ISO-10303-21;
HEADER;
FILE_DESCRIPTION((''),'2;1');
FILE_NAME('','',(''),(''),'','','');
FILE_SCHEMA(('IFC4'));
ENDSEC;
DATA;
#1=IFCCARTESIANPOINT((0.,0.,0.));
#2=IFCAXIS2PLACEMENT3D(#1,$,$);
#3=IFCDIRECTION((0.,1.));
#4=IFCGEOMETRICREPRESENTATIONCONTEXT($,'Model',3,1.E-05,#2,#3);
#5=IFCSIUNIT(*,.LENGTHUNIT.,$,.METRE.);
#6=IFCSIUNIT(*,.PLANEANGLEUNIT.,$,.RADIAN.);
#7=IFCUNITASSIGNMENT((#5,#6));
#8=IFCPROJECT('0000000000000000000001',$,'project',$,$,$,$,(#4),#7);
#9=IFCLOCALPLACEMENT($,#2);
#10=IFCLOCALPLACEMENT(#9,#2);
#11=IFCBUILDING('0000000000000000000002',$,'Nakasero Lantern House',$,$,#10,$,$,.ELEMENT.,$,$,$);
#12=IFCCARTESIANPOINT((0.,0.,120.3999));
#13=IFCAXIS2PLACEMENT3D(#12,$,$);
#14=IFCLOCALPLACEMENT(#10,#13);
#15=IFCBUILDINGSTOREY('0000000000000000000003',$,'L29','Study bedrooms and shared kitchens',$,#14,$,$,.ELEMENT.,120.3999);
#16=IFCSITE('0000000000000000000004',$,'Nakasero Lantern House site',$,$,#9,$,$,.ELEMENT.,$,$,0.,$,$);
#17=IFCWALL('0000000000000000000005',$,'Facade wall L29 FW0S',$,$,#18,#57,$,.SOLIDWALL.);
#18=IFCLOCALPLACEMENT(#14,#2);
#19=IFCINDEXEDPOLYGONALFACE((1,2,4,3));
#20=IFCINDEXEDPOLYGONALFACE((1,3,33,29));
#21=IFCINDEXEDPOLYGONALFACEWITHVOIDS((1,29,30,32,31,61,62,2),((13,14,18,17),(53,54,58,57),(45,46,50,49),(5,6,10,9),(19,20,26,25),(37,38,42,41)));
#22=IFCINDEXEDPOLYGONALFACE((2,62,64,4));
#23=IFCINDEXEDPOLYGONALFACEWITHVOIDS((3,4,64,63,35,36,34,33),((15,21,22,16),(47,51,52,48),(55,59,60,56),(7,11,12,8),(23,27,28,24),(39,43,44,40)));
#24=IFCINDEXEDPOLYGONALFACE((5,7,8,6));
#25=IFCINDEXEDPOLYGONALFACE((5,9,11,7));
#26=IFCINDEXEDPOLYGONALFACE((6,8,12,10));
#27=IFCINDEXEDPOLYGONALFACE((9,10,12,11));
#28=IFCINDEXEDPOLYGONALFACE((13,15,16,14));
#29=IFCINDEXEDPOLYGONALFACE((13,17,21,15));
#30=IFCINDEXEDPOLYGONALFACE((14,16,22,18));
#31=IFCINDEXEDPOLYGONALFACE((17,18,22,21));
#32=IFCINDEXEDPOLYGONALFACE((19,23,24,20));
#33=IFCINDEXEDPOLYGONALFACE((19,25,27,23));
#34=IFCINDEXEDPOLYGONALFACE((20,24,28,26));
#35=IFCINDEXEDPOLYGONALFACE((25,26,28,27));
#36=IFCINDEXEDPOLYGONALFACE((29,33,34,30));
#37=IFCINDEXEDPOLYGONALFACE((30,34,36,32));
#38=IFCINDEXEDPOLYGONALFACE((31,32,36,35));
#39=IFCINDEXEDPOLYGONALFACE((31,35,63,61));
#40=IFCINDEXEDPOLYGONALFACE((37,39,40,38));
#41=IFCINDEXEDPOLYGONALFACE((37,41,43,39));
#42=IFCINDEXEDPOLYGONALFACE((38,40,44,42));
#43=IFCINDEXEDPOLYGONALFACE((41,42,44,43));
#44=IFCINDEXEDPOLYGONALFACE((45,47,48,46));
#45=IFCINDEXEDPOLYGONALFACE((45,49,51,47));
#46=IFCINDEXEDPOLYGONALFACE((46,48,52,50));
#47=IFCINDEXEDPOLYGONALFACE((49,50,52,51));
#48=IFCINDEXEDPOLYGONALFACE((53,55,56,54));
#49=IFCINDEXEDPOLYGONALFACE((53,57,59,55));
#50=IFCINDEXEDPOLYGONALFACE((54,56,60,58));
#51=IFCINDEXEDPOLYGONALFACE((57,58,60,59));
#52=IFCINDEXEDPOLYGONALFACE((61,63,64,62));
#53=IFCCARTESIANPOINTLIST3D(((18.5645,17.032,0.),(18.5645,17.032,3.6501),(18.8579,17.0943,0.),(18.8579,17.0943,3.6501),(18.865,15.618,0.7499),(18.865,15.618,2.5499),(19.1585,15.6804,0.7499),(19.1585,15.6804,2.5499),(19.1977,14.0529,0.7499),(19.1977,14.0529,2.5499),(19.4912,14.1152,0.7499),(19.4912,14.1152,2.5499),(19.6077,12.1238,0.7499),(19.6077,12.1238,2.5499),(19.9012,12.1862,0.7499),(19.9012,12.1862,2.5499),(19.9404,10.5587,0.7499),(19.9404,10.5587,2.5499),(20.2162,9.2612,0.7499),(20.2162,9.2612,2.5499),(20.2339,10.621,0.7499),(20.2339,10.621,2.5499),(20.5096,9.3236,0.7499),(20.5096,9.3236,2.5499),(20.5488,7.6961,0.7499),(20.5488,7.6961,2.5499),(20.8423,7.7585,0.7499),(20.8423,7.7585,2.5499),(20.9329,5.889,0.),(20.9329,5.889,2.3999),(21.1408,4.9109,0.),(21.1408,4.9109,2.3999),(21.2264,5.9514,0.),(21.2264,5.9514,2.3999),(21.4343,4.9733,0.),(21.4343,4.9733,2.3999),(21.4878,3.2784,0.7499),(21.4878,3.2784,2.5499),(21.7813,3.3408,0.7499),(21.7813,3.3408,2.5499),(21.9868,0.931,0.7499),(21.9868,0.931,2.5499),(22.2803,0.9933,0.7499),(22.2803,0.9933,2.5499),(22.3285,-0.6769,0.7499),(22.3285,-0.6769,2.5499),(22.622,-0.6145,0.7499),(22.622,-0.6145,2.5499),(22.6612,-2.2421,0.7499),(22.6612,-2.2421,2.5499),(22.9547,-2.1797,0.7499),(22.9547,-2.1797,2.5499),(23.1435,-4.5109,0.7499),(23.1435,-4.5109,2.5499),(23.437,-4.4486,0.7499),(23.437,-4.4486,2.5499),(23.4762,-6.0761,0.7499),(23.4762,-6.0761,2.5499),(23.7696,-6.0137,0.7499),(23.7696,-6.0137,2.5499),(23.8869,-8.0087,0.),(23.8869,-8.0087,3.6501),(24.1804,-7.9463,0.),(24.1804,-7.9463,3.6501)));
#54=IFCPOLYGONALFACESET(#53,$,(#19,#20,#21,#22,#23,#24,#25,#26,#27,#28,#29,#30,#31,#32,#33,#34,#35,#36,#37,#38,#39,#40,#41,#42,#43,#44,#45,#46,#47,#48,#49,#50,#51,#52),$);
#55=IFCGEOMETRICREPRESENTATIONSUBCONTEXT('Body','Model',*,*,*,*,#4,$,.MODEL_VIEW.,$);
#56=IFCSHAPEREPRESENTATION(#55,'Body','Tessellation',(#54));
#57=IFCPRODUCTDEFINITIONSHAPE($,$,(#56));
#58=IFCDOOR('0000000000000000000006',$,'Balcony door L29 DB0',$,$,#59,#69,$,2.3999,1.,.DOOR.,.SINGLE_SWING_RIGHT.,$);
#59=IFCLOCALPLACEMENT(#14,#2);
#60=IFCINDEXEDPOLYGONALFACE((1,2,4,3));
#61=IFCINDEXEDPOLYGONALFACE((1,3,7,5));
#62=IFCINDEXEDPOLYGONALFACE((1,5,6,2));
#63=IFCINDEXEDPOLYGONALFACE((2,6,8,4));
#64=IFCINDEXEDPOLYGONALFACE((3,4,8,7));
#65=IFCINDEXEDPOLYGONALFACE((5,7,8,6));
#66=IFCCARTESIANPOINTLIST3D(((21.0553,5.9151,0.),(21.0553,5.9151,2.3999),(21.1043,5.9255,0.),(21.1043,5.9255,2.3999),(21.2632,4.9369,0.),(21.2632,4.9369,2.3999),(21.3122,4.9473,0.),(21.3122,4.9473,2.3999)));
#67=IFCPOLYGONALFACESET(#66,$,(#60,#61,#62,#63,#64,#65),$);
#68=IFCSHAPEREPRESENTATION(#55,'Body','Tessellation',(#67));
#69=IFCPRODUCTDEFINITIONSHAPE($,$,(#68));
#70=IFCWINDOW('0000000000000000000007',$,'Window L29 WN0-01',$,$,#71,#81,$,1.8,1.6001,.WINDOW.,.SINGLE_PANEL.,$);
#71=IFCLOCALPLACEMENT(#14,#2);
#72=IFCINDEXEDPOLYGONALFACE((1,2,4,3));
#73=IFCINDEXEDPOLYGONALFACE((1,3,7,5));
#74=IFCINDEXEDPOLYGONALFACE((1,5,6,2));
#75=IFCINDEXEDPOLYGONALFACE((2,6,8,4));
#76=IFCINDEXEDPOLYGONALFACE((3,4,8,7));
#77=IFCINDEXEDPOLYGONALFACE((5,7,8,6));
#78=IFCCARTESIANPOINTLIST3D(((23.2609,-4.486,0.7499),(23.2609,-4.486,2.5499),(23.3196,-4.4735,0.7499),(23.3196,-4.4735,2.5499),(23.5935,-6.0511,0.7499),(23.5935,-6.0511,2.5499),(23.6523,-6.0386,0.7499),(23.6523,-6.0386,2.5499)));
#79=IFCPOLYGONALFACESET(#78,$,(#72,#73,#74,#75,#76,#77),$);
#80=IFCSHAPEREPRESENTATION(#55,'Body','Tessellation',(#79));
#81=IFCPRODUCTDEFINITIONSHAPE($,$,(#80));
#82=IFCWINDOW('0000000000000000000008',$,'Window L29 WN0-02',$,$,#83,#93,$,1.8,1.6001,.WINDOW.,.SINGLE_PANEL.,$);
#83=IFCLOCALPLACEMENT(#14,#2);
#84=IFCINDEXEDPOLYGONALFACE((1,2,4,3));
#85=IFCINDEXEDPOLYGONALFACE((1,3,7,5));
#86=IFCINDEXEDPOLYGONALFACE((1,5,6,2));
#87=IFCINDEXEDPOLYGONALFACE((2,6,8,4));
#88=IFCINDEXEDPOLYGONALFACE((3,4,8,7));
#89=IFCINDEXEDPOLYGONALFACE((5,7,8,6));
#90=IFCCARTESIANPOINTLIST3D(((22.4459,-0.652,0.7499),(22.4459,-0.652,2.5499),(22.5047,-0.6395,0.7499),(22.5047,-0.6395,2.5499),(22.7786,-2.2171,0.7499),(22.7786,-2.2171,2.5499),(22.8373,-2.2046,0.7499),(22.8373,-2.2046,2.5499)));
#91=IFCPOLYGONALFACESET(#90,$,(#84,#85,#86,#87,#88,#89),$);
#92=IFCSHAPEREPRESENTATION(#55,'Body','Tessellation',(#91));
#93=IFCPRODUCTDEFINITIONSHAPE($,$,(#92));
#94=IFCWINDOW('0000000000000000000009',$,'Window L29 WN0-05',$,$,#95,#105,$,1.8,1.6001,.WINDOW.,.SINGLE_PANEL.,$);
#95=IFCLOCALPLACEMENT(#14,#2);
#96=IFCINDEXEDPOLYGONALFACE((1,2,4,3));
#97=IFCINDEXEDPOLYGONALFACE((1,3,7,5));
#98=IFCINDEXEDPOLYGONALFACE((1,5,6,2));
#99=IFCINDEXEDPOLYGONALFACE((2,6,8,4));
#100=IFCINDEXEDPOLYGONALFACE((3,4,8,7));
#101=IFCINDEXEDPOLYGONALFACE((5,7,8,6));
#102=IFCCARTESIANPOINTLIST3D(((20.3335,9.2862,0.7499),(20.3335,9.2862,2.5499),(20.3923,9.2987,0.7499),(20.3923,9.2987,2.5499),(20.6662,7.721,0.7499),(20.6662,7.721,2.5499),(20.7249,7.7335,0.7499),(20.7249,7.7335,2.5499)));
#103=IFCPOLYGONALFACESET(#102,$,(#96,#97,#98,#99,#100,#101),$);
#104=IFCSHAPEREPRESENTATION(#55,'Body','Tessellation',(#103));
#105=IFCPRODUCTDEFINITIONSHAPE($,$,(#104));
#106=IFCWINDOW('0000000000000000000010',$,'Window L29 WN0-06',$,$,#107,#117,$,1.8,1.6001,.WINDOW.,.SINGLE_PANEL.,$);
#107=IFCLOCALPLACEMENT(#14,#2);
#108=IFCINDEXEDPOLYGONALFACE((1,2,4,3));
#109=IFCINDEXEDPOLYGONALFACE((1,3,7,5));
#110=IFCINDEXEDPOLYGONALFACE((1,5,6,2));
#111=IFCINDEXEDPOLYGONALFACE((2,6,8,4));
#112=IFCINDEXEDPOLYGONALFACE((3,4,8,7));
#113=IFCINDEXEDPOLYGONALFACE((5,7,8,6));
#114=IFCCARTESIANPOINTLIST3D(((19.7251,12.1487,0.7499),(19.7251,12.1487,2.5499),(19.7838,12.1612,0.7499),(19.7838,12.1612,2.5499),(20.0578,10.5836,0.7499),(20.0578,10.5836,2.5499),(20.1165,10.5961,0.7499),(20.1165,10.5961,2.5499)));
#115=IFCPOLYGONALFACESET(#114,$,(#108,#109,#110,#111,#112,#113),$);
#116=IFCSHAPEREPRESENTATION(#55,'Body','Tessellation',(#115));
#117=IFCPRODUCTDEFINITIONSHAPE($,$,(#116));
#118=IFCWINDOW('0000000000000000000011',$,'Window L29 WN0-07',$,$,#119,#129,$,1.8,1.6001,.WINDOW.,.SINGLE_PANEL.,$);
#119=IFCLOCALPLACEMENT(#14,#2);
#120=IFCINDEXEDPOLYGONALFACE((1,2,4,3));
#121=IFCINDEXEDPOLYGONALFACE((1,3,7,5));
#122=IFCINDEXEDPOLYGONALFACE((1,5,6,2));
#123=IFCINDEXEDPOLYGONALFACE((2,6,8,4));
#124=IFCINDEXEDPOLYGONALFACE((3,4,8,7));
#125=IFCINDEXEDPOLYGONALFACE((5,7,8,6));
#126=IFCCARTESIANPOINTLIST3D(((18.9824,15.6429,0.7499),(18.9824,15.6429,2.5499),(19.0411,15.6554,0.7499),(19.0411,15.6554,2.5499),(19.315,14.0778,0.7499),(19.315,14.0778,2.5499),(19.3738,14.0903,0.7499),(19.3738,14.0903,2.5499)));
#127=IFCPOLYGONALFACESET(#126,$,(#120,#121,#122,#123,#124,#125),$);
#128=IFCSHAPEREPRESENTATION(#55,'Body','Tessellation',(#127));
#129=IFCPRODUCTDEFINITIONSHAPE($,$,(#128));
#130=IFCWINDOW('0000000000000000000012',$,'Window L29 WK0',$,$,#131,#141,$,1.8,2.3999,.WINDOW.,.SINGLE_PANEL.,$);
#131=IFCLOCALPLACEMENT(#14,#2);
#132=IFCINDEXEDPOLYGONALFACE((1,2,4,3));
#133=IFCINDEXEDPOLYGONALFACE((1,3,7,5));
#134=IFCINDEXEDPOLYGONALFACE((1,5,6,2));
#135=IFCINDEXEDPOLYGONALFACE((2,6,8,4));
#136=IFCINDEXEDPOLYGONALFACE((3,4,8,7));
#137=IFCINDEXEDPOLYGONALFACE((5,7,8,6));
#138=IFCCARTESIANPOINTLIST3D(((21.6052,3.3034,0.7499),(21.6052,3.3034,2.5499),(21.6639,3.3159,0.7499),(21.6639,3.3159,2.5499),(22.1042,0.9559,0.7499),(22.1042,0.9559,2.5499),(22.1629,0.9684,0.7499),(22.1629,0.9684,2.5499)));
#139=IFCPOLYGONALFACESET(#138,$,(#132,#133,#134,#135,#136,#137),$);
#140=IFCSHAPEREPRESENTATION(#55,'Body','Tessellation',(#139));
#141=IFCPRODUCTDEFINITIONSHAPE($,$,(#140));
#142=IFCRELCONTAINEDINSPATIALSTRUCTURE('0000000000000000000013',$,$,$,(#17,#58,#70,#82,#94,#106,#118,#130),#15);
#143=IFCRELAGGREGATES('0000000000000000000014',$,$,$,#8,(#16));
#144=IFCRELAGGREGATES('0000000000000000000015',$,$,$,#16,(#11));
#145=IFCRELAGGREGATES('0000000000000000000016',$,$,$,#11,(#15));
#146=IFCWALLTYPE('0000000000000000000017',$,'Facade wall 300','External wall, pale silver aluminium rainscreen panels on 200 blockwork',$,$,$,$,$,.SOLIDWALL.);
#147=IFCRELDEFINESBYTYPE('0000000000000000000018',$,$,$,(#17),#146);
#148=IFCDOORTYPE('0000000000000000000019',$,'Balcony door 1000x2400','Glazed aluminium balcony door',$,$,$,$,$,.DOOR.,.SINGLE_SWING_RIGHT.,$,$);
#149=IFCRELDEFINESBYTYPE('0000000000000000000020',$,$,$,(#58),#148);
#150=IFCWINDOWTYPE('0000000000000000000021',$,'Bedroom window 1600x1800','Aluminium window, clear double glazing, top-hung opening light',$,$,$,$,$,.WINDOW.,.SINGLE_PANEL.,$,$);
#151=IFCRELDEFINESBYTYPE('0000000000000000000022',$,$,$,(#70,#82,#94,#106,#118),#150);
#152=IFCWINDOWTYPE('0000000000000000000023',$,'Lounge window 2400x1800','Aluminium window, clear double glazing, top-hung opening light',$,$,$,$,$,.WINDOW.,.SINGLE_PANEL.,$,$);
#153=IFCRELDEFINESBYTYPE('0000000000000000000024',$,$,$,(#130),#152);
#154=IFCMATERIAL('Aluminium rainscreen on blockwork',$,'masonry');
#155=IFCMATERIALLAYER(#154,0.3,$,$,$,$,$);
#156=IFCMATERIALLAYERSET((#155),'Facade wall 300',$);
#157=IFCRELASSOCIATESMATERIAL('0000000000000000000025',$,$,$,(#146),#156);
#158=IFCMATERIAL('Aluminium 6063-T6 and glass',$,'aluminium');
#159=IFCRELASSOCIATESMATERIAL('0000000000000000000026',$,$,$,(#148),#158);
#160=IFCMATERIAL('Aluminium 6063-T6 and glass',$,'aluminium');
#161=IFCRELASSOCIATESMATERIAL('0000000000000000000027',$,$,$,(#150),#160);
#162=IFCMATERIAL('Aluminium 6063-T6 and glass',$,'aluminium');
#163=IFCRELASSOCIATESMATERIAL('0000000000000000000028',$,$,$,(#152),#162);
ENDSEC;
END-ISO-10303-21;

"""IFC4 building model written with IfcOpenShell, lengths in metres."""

from ifc_helpers import new_model, si_unit, direction, frame, frame_2d, origin, place, context, subcontext, project, spatial, rectangle, extrude, material, layer, layer_set, type_object, element, fill, save


model = new_model("IFC4")

# Units and contexts
model_context = context("Model", 3, precision=1e-05, world=origin(), true_north=direction((0.0, 1.0)))
body_context = subcontext(model_context, "Body", "Model", "MODEL_VIEW")
ifc_project = project(units=[si_unit("LENGTHUNIT", "METRE"), si_unit("PLANEANGLEUNIT", "RADIAN")], contexts=[model_context])

# Site, building, storey
site_placement = place(None, origin())
site = spatial("IfcSite", under=ifc_project, at=site_placement, Name="Nakasero Lantern House site", CompositionType="ELEMENT", RefElevation=0.0)
building_placement = place(site_placement, origin())
building = spatial("IfcBuilding", under=site, at=building_placement, Name="Nakasero Lantern House", CompositionType="ELEMENT")
storey_placement = place(building_placement, frame((0.0, 0.0, 120.3999)))
storey = spatial("IfcBuildingStorey", under=building, at=storey_placement, Name="L29", Description="Study bedrooms and shared kitchens", CompositionType="ELEMENT", Elevation=120.3999)

# Wall, openings, door, windows
ifc_material_1 = material(Name="Aluminium rainscreen on blockwork", Category="masonry")
ifc_layer_1 = layer(ifc_material_1, 0.3)
ifc_layer_set_1 = layer_set([ifc_layer_1], Name="Facade wall 300")
wall_type_1 = type_object("IfcWallType", Name="Facade wall 300", Description="External wall, pale silver aluminium rainscreen panels on 200 blockwork", PredefinedType="SOLIDWALL", material=ifc_layer_set_1)
wall_1_placement = place(storey_placement, frame((24.0337, -7.9775, 0.0), z_axis=(0.0, 0.0, 1.0), x_axis=(-0.207909, 0.978148, 0.0)))
wall_1 = element("IfcWall", 1, at=wall_1_placement, inside=storey, type_object=wall_type_1, Name="Facade wall L29 FW0S", PredefinedType="SOLIDWALL", context=body_context, shape_type="SweptSolid", body=[
    extrude(rectangle(XDim=25.6001, YDim=0.3, at=frame_2d((12.8, 0.0))), origin(), (0.0, 0.0, 1.0), 3.6501),
])
opening_1_placement = place(wall_1_placement, frame((1.9758, 0.0, 0.75)))
opening_1 = element("IfcOpeningElement", 2, at=opening_1_placement, cuts=wall_1, PredefinedType="OPENING", context=body_context, shape_type="SweptSolid", body=[
    extrude(rectangle(XDim=1.6001, YDim=1.8, at=frame_2d((0.8, 0.8999))), frame((0.0, 0.1699, 0.0), z_axis=(0.0, -1.0, 0.0), x_axis=(1.0, 0.0, 0.0)), (0.0, 0.0, 1.0), 0.3401),
])
opening_2_placement = place(wall_1_placement, frame((5.8955, 0.0, 0.75)))
opening_2 = element("IfcOpeningElement", 3, at=opening_2_placement, cuts=wall_1, PredefinedType="OPENING", context=body_context, shape_type="SweptSolid", body=[
    extrude(rectangle(XDim=1.6001, YDim=1.8, at=frame_2d((0.8, 0.8999))), frame((0.0, 0.1699, 0.0), z_axis=(0.0, -1.0, 0.0), x_axis=(1.0, 0.0, 0.0)), (0.0, 0.0, 1.0), 0.3401),
])
opening_3_placement = place(wall_1_placement, frame((16.0557, 0.0, 0.75)))
opening_3 = element("IfcOpeningElement", 4, at=opening_3_placement, cuts=wall_1, PredefinedType="OPENING", context=body_context, shape_type="SweptSolid", body=[
    extrude(rectangle(XDim=1.6001, YDim=1.8, at=frame_2d((0.8, 0.8999))), frame((0.0, 0.1699, 0.0), z_axis=(0.0, -1.0, 0.0), x_axis=(1.0, 0.0, 0.0)), (0.0, 0.0, 1.0), 0.3401),
])
opening_4_placement = place(wall_1_placement, frame((18.9822, 0.0, 0.75)))
opening_4 = element("IfcOpeningElement", 5, at=opening_4_placement, cuts=wall_1, PredefinedType="OPENING", context=body_context, shape_type="SweptSolid", body=[
    extrude(rectangle(XDim=1.6001, YDim=1.8, at=frame_2d((0.8, 0.8999))), frame((0.0, 0.1699, 0.0), z_axis=(0.0, -1.0, 0.0), x_axis=(1.0, 0.0, 0.0)), (0.0, 0.0, 1.0), 0.3401),
])
opening_5_placement = place(wall_1_placement, frame((22.5544, 0.0, 0.75)))
opening_5 = element("IfcOpeningElement", 6, at=opening_5_placement, cuts=wall_1, PredefinedType="OPENING", context=body_context, shape_type="SweptSolid", body=[
    extrude(rectangle(XDim=1.6001, YDim=1.8, at=frame_2d((0.8, 0.8999))), frame((0.0, 0.1699, 0.0), z_axis=(0.0, -1.0, 0.0), x_axis=(1.0, 0.0, 0.0)), (0.0, 0.0, 1.0), 0.3401),
])
opening_6_placement = place(wall_1_placement, frame((9.1394, 0.0, 0.75)))
opening_6 = element("IfcOpeningElement", 7, at=opening_6_placement, cuts=wall_1, PredefinedType="OPENING", context=body_context, shape_type="SweptSolid", body=[
    extrude(rectangle(XDim=2.3999, YDim=1.8, at=frame_2d((1.2, 0.8999))), frame((0.0, 0.1699, 0.0), z_axis=(0.0, -1.0, 0.0), x_axis=(1.0, 0.0, 0.0)), (0.0, 0.0, 1.0), 0.3401),
])
opening_7_placement = place(wall_1_placement, frame((13.2083, 0.0, 0.0)))
opening_7 = element("IfcOpeningElement", 8, at=opening_7_placement, cuts=wall_1, PredefinedType="OPENING", context=body_context, shape_type="SweptSolid", body=[
    extrude(rectangle(XDim=1.0, YDim=2.3999, at=frame_2d((0.5, 1.2))), frame((0.0, 0.1699, 0.0), z_axis=(0.0, -1.0, 0.0), x_axis=(1.0, 0.0, 0.0)), (0.0, 0.0, 1.0), 0.3401),
])
ifc_material_2 = material(Name="Aluminium 6063-T6 and glass", Category="aluminium")
door_type = type_object("IfcDoorType", Name="Balcony door 1000x2400", Description="Glazed aluminium balcony door", OperationType="SINGLE_SWING_RIGHT", PredefinedType="DOOR", material=ifc_material_2)
door_placement = place(opening_7_placement, origin())
door = element("IfcDoor", 9, at=door_placement, inside=storey, type_object=door_type, Name="Balcony door L29 DB0", OperationType="SINGLE_SWING_RIGHT", OverallHeight=2.3999, OverallWidth=1.0, PredefinedType="DOOR", context=body_context, shape_type="SweptSolid", body=[
    extrude(rectangle(XDim=1.0, YDim=2.3999, at=frame_2d((0.5, 1.2))), frame((0.0, 0.0249, 0.0), z_axis=(0.0, -1.0, 0.0), x_axis=(1.0, 0.0, 0.0)), (0.0, 0.0, 1.0), 0.05),
])
fill(opening_7, door)
ifc_material_3 = material(Name="Aluminium 6063-T6 and glass", Category="aluminium")
window_type_1 = type_object("IfcWindowType", Name="Bedroom window 1600x1800", Description="Aluminium window, clear double glazing, top-hung opening light", PartitioningType="SINGLE_PANEL", PredefinedType="WINDOW", material=ifc_material_3)
window_1_placement = place(opening_1_placement, origin())
window_1 = element("IfcWindow", 10, at=window_1_placement, inside=storey, type_object=window_type_1, Name="Window L29 WN0-01", OverallHeight=1.8, OverallWidth=1.6001, PartitioningType="SINGLE_PANEL", PredefinedType="WINDOW", context=body_context, shape_type="SweptSolid", body=[
    extrude(rectangle(XDim=1.6001, YDim=1.8, at=frame_2d((0.8, 0.8999))), frame((0.0, 0.03, 0.0), z_axis=(0.0, -1.0, 0.0), x_axis=(1.0, 0.0, 0.0)), (0.0, 0.0, 1.0), 0.0601),
])
fill(opening_1, window_1)
window_2_placement = place(opening_2_placement, origin())
window_2 = element("IfcWindow", 11, at=window_2_placement, inside=storey, type_object=window_type_1, Name="Window L29 WN0-02", OverallHeight=1.8, OverallWidth=1.6001, PartitioningType="SINGLE_PANEL", PredefinedType="WINDOW", context=body_context, shape_type="SweptSolid", body=[
    extrude(rectangle(XDim=1.6001, YDim=1.8, at=frame_2d((0.8, 0.8999))), frame((0.0, 0.03, 0.0), z_axis=(0.0, -1.0, 0.0), x_axis=(1.0, 0.0, 0.0)), (0.0, 0.0, 1.0), 0.0601),
])
fill(opening_2, window_2)
window_3_placement = place(opening_3_placement, origin())
window_3 = element("IfcWindow", 12, at=window_3_placement, inside=storey, type_object=window_type_1, Name="Window L29 WN0-05", OverallHeight=1.8, OverallWidth=1.6001, PartitioningType="SINGLE_PANEL", PredefinedType="WINDOW", context=body_context, shape_type="SweptSolid", body=[
    extrude(rectangle(XDim=1.6001, YDim=1.8, at=frame_2d((0.8, 0.8999))), frame((0.0, 0.03, 0.0), z_axis=(0.0, -1.0, 0.0), x_axis=(1.0, 0.0, 0.0)), (0.0, 0.0, 1.0), 0.0601),
])
fill(opening_3, window_3)
window_4_placement = place(opening_4_placement, origin())
window_4 = element("IfcWindow", 13, at=window_4_placement, inside=storey, type_object=window_type_1, Name="Window L29 WN0-06", OverallHeight=1.8, OverallWidth=1.6001, PartitioningType="SINGLE_PANEL", PredefinedType="WINDOW", context=body_context, shape_type="SweptSolid", body=[
    extrude(rectangle(XDim=1.6001, YDim=1.8, at=frame_2d((0.8, 0.8999))), frame((0.0, 0.03, 0.0), z_axis=(0.0, -1.0, 0.0), x_axis=(1.0, 0.0, 0.0)), (0.0, 0.0, 1.0), 0.0601),
])
fill(opening_4, window_4)
window_5_placement = place(opening_5_placement, origin())
window_5 = element("IfcWindow", 14, at=window_5_placement, inside=storey, type_object=window_type_1, Name="Window L29 WN0-07", OverallHeight=1.8, OverallWidth=1.6001, PartitioningType="SINGLE_PANEL", PredefinedType="WINDOW", context=body_context, shape_type="SweptSolid", body=[
    extrude(rectangle(XDim=1.6001, YDim=1.8, at=frame_2d((0.8, 0.8999))), frame((0.0, 0.03, 0.0), z_axis=(0.0, -1.0, 0.0), x_axis=(1.0, 0.0, 0.0)), (0.0, 0.0, 1.0), 0.0601),
])
fill(opening_5, window_5)
ifc_material_4 = material(Name="Aluminium 6063-T6 and glass", Category="aluminium")
window_type_2 = type_object("IfcWindowType", Name="Lounge window 2400x1800", Description="Aluminium window, clear double glazing, top-hung opening light", PartitioningType="SINGLE_PANEL", PredefinedType="WINDOW", material=ifc_material_4)
window_6_placement = place(opening_6_placement, origin())
window_6 = element("IfcWindow", 15, at=window_6_placement, inside=storey, type_object=window_type_2, Name="Window L29 WK0", OverallHeight=1.8, OverallWidth=2.3999, PartitioningType="SINGLE_PANEL", PredefinedType="WINDOW", context=body_context, shape_type="SweptSolid", body=[
    extrude(rectangle(XDim=2.3999, YDim=1.8, at=frame_2d((1.2, 0.8999))), frame((0.0, 0.03, 0.0), z_axis=(0.0, -1.0, 0.0), x_axis=(1.0, 0.0, 0.0)), (0.0, 0.0, 1.0), 0.0601),
])
fill(opening_6, window_6)

save(model, "model.ifc")
